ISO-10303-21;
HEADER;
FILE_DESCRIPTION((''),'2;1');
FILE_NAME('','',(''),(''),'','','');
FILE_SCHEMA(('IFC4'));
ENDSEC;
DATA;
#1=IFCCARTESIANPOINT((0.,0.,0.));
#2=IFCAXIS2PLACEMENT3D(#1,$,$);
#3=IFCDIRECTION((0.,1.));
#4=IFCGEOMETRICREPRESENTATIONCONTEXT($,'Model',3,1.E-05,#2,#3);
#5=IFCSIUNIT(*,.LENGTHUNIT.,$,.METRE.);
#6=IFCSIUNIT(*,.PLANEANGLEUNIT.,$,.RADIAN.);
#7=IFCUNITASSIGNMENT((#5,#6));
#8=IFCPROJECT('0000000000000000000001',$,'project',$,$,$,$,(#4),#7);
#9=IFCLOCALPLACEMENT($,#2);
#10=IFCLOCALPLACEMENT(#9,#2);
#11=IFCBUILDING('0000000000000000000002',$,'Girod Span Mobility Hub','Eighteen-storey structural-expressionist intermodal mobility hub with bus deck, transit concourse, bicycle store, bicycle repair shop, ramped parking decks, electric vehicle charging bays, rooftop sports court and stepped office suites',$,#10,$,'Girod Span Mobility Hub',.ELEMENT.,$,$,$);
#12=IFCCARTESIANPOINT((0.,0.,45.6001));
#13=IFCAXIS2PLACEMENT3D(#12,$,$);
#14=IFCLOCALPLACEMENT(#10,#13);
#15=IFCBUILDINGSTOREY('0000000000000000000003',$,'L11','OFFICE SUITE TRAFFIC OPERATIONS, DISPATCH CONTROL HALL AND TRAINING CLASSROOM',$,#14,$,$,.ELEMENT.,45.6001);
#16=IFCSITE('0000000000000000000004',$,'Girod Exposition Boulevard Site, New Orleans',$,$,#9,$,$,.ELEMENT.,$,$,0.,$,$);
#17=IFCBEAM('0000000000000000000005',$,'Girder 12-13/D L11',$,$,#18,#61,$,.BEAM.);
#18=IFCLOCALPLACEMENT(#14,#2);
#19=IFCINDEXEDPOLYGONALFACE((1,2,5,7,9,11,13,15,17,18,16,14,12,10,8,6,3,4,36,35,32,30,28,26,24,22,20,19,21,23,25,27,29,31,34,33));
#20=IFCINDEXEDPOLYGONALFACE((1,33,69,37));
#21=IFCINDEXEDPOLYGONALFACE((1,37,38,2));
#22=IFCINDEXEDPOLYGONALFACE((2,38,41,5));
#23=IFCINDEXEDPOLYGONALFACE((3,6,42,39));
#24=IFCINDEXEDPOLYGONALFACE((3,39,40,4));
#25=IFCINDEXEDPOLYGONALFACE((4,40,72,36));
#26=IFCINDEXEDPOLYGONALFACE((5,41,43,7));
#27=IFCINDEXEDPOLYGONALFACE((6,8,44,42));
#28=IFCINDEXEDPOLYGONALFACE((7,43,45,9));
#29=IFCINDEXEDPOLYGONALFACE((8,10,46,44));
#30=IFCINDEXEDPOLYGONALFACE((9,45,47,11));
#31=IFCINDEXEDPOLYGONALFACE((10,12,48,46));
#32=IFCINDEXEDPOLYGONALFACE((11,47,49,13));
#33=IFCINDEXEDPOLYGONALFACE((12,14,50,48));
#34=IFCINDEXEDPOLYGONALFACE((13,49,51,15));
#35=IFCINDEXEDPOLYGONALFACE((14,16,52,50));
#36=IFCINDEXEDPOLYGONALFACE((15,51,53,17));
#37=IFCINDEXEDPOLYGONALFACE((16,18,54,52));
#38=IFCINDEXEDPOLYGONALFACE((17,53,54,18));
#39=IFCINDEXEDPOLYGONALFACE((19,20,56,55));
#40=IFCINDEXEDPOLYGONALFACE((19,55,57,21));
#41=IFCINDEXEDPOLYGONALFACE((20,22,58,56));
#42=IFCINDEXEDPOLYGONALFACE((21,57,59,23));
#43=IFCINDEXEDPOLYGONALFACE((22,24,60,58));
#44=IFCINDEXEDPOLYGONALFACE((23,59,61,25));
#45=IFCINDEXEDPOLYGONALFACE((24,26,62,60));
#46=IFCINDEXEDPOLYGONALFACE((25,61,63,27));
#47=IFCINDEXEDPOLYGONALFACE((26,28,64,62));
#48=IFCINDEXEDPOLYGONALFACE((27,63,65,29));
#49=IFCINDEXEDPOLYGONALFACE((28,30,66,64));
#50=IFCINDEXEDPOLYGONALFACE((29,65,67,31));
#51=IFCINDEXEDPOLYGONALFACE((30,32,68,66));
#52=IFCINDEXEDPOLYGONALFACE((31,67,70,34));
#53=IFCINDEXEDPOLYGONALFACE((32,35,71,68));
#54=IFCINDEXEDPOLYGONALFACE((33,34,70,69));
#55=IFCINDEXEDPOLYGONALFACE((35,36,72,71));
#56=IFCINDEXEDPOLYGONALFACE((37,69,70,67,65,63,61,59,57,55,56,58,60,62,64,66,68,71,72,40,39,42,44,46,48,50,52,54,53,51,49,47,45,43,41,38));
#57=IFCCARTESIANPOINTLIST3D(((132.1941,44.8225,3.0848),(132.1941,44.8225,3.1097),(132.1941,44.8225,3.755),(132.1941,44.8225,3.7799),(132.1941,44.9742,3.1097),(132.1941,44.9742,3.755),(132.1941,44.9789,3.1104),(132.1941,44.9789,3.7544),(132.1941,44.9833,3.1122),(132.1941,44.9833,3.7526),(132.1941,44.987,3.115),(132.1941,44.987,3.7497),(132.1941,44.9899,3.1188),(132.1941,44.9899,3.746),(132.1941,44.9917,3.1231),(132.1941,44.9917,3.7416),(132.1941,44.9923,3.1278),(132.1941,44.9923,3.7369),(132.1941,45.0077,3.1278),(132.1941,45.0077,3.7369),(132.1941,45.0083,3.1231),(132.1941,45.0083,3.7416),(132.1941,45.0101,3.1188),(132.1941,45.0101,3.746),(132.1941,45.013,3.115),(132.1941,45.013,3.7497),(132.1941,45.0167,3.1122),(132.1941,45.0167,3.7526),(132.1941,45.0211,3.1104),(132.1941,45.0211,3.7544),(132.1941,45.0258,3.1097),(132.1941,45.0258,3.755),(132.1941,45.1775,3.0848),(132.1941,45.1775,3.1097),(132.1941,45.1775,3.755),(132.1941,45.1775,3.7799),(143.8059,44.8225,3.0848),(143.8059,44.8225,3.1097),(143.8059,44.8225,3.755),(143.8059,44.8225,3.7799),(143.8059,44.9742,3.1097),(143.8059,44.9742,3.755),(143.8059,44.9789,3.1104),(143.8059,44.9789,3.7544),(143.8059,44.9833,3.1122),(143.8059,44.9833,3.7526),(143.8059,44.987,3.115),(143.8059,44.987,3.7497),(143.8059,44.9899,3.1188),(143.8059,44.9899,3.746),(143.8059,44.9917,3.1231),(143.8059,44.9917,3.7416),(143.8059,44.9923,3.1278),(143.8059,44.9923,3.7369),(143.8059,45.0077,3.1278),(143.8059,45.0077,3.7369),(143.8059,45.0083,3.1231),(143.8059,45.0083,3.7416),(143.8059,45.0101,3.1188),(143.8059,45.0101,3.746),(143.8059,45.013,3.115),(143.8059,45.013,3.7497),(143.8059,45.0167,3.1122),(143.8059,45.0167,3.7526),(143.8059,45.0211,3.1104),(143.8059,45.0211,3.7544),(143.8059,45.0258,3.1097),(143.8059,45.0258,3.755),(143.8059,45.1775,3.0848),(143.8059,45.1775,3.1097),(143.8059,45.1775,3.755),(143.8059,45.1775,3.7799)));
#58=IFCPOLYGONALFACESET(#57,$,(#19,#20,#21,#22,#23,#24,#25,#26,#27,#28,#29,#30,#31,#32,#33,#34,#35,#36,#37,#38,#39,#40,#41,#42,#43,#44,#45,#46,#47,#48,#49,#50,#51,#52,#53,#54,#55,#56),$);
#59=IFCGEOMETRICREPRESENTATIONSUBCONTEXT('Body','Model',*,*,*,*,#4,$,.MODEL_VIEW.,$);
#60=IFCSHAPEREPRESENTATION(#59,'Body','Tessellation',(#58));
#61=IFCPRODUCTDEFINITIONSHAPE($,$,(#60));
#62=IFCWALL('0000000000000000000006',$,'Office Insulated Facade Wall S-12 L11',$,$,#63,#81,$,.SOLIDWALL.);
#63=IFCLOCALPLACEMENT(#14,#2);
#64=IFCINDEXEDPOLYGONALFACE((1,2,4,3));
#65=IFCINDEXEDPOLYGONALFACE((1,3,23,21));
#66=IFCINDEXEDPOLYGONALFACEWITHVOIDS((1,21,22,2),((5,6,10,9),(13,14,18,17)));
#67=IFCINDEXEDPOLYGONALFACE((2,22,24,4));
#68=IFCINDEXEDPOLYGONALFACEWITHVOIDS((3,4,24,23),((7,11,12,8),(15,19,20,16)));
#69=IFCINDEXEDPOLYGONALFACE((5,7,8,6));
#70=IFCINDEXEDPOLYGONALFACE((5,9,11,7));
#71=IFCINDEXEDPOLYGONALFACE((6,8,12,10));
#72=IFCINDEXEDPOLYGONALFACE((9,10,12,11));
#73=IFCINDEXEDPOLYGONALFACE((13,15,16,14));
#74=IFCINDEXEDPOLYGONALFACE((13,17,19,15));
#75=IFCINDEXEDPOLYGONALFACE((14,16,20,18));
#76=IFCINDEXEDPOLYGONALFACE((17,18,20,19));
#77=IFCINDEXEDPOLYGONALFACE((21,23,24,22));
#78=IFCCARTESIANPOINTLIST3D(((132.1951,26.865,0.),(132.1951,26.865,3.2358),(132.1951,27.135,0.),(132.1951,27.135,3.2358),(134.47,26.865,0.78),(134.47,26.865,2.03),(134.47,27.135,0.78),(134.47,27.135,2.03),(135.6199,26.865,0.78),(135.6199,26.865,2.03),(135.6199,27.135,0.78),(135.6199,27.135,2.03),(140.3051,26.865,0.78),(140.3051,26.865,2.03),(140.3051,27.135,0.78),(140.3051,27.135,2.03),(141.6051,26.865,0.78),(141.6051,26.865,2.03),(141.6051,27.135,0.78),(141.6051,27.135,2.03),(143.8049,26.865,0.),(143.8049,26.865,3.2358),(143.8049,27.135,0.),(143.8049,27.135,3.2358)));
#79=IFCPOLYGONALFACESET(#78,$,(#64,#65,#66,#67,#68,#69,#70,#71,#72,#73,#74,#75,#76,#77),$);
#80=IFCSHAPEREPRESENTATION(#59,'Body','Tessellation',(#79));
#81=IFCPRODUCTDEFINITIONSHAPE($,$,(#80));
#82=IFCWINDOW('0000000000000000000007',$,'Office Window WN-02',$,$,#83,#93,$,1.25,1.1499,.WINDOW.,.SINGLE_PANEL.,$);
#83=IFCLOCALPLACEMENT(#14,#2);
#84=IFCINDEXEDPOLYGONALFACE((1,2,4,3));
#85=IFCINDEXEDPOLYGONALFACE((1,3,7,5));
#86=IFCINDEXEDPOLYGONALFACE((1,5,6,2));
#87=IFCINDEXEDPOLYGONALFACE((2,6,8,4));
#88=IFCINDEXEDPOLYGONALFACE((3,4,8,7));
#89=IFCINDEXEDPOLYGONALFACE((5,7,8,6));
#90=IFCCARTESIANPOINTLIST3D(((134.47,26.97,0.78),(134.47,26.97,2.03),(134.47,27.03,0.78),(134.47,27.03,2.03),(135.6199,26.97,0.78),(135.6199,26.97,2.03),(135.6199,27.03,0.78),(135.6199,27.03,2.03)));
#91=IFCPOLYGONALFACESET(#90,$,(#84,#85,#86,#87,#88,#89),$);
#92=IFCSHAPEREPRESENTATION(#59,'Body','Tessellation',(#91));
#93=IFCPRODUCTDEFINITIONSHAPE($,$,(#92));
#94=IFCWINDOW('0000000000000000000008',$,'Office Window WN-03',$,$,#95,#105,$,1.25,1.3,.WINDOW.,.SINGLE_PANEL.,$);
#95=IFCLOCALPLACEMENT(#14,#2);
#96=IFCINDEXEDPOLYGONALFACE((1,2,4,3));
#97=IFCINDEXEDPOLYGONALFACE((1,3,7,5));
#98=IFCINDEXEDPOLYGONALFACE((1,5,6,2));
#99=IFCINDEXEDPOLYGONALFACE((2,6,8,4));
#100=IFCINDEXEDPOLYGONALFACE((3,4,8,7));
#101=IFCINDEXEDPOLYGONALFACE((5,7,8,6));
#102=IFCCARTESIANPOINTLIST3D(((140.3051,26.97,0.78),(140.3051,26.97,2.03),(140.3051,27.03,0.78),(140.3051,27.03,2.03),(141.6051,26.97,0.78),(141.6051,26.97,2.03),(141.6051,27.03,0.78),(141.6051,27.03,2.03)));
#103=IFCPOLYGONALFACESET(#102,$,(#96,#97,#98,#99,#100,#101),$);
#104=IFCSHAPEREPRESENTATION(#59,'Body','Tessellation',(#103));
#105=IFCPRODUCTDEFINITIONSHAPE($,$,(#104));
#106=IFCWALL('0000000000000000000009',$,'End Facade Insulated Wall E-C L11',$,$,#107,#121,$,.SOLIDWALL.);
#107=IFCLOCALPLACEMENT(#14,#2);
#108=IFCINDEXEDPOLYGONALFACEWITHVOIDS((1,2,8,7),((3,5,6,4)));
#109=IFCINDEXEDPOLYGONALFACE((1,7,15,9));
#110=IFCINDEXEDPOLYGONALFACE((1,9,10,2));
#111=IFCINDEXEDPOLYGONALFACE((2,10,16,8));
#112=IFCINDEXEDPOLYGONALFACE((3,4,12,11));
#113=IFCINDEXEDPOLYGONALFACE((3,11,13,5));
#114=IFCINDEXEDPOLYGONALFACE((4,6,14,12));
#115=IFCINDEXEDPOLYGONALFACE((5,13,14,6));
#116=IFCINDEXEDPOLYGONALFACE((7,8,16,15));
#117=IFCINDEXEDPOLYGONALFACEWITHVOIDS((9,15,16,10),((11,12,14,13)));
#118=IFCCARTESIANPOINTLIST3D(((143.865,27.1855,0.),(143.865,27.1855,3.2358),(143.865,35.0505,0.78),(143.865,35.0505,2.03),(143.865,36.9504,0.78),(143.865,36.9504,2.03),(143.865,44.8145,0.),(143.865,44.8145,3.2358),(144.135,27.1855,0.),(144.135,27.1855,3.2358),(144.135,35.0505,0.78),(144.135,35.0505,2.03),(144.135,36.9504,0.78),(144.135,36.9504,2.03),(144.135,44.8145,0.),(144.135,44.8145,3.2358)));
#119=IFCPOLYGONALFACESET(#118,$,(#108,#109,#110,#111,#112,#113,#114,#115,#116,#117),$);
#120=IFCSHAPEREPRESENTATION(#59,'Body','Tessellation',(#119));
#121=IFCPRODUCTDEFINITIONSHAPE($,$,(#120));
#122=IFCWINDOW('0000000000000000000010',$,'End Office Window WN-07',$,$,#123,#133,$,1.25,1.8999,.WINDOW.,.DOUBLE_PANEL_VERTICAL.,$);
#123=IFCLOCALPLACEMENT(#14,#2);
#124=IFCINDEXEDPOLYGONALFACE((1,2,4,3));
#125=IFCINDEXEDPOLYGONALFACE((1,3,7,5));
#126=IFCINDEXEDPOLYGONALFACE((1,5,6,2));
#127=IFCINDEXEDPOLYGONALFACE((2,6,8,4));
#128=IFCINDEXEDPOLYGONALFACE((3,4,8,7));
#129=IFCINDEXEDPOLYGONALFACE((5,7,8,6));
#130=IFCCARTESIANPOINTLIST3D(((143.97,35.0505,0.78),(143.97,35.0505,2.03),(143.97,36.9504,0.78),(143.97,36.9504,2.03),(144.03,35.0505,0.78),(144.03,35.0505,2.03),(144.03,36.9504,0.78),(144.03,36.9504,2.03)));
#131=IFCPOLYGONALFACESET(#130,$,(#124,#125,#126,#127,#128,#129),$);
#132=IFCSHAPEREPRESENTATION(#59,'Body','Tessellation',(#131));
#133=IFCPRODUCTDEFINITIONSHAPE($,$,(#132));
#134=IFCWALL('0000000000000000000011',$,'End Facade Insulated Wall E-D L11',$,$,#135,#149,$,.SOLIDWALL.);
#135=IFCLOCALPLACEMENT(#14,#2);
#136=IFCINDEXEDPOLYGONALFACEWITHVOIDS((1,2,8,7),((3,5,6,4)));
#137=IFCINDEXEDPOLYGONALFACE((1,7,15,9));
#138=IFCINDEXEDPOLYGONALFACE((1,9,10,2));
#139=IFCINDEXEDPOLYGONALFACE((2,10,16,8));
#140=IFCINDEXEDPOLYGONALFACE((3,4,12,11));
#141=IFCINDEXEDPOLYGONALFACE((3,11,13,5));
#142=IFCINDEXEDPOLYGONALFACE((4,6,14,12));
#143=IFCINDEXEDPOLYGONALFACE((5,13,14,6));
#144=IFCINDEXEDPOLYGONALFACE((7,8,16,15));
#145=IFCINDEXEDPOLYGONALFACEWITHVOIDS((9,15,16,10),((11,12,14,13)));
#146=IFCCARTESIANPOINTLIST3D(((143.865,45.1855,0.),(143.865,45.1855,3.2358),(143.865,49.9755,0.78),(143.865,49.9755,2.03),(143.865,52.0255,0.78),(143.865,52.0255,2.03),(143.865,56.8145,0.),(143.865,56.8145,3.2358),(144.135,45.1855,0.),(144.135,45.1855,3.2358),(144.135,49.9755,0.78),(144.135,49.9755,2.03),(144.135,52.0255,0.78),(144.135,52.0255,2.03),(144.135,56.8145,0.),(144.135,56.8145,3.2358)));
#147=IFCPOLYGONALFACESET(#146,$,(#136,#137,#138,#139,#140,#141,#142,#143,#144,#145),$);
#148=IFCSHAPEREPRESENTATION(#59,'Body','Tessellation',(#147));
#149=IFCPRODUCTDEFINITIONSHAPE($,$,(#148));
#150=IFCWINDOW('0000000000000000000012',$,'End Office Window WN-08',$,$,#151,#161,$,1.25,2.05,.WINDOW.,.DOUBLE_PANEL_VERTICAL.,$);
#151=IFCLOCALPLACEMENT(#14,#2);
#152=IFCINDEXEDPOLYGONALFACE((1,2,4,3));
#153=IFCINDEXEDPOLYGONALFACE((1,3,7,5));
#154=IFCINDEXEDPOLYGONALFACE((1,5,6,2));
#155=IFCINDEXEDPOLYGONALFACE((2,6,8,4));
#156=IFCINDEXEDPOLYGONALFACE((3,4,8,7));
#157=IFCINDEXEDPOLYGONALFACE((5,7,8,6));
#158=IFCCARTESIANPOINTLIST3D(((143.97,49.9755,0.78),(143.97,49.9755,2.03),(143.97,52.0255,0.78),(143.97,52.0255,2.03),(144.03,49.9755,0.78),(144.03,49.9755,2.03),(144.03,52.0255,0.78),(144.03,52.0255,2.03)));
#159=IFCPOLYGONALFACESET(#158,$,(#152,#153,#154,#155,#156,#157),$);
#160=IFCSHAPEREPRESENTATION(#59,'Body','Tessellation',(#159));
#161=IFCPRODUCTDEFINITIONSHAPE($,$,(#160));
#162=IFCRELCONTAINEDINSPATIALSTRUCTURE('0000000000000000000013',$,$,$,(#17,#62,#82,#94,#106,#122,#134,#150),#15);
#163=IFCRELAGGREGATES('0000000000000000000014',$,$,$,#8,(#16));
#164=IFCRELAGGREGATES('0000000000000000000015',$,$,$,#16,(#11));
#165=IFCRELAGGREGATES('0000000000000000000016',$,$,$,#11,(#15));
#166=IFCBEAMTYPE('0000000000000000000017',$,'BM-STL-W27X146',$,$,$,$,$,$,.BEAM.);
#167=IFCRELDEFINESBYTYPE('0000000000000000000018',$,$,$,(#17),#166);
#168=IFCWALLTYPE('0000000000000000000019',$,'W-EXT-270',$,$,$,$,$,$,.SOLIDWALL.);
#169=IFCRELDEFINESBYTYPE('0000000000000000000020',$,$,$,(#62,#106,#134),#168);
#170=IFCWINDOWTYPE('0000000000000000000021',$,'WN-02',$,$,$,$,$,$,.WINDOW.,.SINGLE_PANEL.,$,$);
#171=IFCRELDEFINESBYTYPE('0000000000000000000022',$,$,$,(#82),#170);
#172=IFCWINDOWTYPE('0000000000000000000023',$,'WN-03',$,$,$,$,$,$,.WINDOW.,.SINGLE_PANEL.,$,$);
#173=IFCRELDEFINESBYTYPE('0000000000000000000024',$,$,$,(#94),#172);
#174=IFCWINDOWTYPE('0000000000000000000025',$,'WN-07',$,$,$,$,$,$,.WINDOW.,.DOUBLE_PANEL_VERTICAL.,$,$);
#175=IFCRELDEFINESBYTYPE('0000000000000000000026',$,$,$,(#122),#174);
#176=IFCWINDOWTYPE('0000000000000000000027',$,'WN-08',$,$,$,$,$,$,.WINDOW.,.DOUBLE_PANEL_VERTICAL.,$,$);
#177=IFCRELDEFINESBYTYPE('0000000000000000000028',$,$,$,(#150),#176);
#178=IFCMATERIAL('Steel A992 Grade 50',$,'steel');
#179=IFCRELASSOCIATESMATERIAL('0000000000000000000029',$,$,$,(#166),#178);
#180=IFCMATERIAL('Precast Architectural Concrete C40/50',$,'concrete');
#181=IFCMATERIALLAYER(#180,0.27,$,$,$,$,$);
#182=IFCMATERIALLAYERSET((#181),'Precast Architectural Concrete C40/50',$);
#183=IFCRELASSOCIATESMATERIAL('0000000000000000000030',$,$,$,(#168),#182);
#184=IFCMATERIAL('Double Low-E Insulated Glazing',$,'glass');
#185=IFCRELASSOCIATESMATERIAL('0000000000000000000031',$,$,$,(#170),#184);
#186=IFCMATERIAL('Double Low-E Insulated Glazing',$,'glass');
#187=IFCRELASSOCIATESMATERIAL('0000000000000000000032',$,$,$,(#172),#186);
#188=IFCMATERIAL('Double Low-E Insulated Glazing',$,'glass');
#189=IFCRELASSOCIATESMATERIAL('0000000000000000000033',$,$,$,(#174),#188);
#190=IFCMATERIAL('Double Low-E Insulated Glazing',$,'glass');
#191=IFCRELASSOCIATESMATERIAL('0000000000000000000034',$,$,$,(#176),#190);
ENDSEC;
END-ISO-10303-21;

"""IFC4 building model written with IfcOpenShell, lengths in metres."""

from ifc_helpers import new_model, si_unit, direction, frame, frame_2d, origin, origin_2d, place, context, subcontext, project, spatial, rectangle, i_section, extrude, material, layer, layer_set, material_profile, profile_set, type_object, element, fill, save


model = new_model("IFC4")

# Units and contexts
model_context = context("Model", 3, precision=1e-05, world=origin(), true_north=direction((0.0, 1.0)))
body_context = subcontext(model_context, "Body", "Model", "MODEL_VIEW")
ifc_project = project(units=[si_unit("LENGTHUNIT", "METRE"), si_unit("PLANEANGLEUNIT", "RADIAN")], contexts=[model_context])

# Site, building, storey
site_placement = place(None, origin())
site = spatial("IfcSite", under=ifc_project, at=site_placement, Name="Girod Exposition Boulevard Site, New Orleans", CompositionType="ELEMENT", RefElevation=0.0)
building_placement = place(site_placement, origin())
building = spatial("IfcBuilding", under=site, at=building_placement, Name="Girod Span Mobility Hub", Description="Eighteen-storey structural-expressionist intermodal mobility hub with bus deck, transit concourse, bicycle store, bicycle repair shop, ramped parking decks, electric vehicle charging bays, rooftop sports court and stepped office suites", LongName="Girod Span Mobility Hub", CompositionType="ELEMENT")
storey_placement = place(building_placement, frame((0.0, 0.0, 45.6001)))
storey = spatial("IfcBuildingStorey", under=building, at=storey_placement, Name="L11", Description="OFFICE SUITE TRAFFIC OPERATIONS, DISPATCH CONTROL HALL AND TRAINING CLASSROOM", CompositionType="ELEMENT", Elevation=45.6001)

# Beam
ifc_material_1 = material(Name="Steel A992 Grade 50", Category="steel")
ifc_material_profile_1 = material_profile(ifc_material_1, i_section(OverallWidth=0.355, OverallDepth=0.6951, WebThickness=0.0154, FlangeThickness=0.0249, FilletRadius=0.0181, at=origin_2d()), Name="W27X146")
ifc_profile_set_1 = profile_set([ifc_material_profile_1], Name="Steel A992 Grade 50")
beam_type_1 = type_object("IfcBeamType", Name="BM-STL-W27X146", PredefinedType="BEAM", material=ifc_profile_set_1)
beam_1_placement = place(storey_placement, frame((132.1941, 45.0, 3.4324), z_axis=(1.0, 0.0, 0.0), x_axis=(0.0, 1.0, 0.0)))
element("IfcBeam", 1, at=beam_1_placement, inside=storey, type_object=beam_type_1, Name="Girder 12-13/D L11", PredefinedType="BEAM", context=body_context, shape_type="SweptSolid", body=[
    extrude(i_section(OverallWidth=0.355, OverallDepth=0.6951, WebThickness=0.0154, FlangeThickness=0.0249, FilletRadius=0.0181, at=origin_2d()), origin(), (0.0, 0.0, 1.0), 11.6118),
])

# Wall, openings, windows
ifc_material_2 = material(Name="Precast Architectural Concrete C40/50", Category="concrete")
ifc_layer_1 = layer(ifc_material_2, 0.27)
ifc_layer_set_1 = layer_set([ifc_layer_1], Name="Precast Architectural Concrete C40/50")
wall_type = type_object("IfcWallType", Name="W-EXT-270", PredefinedType="SOLIDWALL", material=ifc_layer_set_1)
wall_1_placement = place(storey_placement, frame((132.1951, 27.0, 0.0), z_axis=(0.0, 0.0, 1.0), x_axis=(1.0, 0.0, 0.0)))
wall_1 = element("IfcWall", 2, at=wall_1_placement, inside=storey, type_object=wall_type, Name="Office Insulated Facade Wall S-12 L11", PredefinedType="SOLIDWALL", context=body_context, shape_type="SweptSolid", body=[
    extrude(rectangle(XDim=11.6099, YDim=0.27, at=frame_2d((5.8049, 0.0))), origin(), (0.0, 0.0, 1.0), 3.2358),
])
opening_1_placement = place(wall_1_placement, frame((2.2749, 0.0, 0.78)))
opening_1 = element("IfcOpeningElement", 3, at=opening_1_placement, cuts=wall_1, PredefinedType="OPENING", context=body_context, shape_type="SweptSolid", body=[
    extrude(rectangle(XDim=1.1499, YDim=1.25, at=frame_2d((0.575, 0.625))), frame((0.0, 0.1499, 0.0), z_axis=(0.0, -1.0, 0.0), x_axis=(1.0, 0.0, 0.0)), (0.0, 0.0, 1.0), 0.3),
])
opening_2_placement = place(wall_1_placement, frame((8.1101, 0.0, 0.78)))
opening_2 = element("IfcOpeningElement", 4, at=opening_2_placement, cuts=wall_1, PredefinedType="OPENING", context=body_context, shape_type="SweptSolid", body=[
    extrude(rectangle(XDim=1.3, YDim=1.25, at=frame_2d((0.6499, 0.625))), frame((0.0, 0.1499, 0.0), z_axis=(0.0, -1.0, 0.0), x_axis=(1.0, 0.0, 0.0)), (0.0, 0.0, 1.0), 0.3),
])
ifc_material_3 = material(Name="Double Low-E Insulated Glazing", Category="glass")
window_type_1 = type_object("IfcWindowType", Name="WN-02", PartitioningType="SINGLE_PANEL", PredefinedType="WINDOW", material=ifc_material_3)
window_1_placement = place(opening_1_placement, origin())
window_1 = element("IfcWindow", 5, at=window_1_placement, inside=storey, type_object=window_type_1, Name="Office Window WN-02", OverallHeight=1.25, OverallWidth=1.1499, PartitioningType="SINGLE_PANEL", PredefinedType="WINDOW", context=body_context, shape_type="SweptSolid", body=[
    extrude(rectangle(XDim=1.1499, YDim=1.25, at=frame_2d((0.575, 0.625))), frame((0.0, 0.03, 0.0), z_axis=(0.0, -1.0, 0.0), x_axis=(1.0, 0.0, 0.0)), (0.0, 0.0, 1.0), 0.0601),
])
fill(opening_1, window_1)
ifc_material_4 = material(Name="Double Low-E Insulated Glazing", Category="glass")
window_type_2 = type_object("IfcWindowType", Name="WN-03", PartitioningType="SINGLE_PANEL", PredefinedType="WINDOW", material=ifc_material_4)
window_2_placement = place(opening_2_placement, origin())
window_2 = element("IfcWindow", 6, at=window_2_placement, inside=storey, type_object=window_type_2, Name="Office Window WN-03", OverallHeight=1.25, OverallWidth=1.3, PartitioningType="SINGLE_PANEL", PredefinedType="WINDOW", context=body_context, shape_type="SweptSolid", body=[
    extrude(rectangle(XDim=1.3, YDim=1.25, at=frame_2d((0.6499, 0.625))), frame((0.0, 0.03, 0.0), z_axis=(0.0, -1.0, 0.0), x_axis=(1.0, 0.0, 0.0)), (0.0, 0.0, 1.0), 0.0601),
])
fill(opening_2, window_2)

# Walls, openings, windows
wall_2_placement = place(storey_placement, frame((144.0, 27.1855, 0.0), z_axis=(0.0, 0.0, 1.0), x_axis=(0.0, 1.0, 0.0)))
wall_2 = element("IfcWall", 7, at=wall_2_placement, inside=storey, type_object=wall_type, Name="End Facade Insulated Wall E-C L11", PredefinedType="SOLIDWALL", context=body_context, shape_type="SweptSolid", body=[
    extrude(rectangle(XDim=17.6289, YDim=0.27, at=frame_2d((8.8145, 0.0))), origin(), (0.0, 0.0, 1.0), 3.2358),
])
opening_3_placement = place(wall_2_placement, frame((7.865, 0.0, 0.78)))
opening_3 = element("IfcOpeningElement", 8, at=opening_3_placement, cuts=wall_2, PredefinedType="OPENING", context=body_context, shape_type="SweptSolid", body=[
    extrude(rectangle(XDim=1.8999, YDim=1.25, at=frame_2d((0.95, 0.625))), frame((0.0, 0.1499, 0.0), z_axis=(0.0, -1.0, 0.0), x_axis=(1.0, 0.0, 0.0)), (0.0, 0.0, 1.0), 0.3),
])
ifc_material_5 = material(Name="Double Low-E Insulated Glazing", Category="glass")
window_type_3 = type_object("IfcWindowType", Name="WN-07", PartitioningType="DOUBLE_PANEL_VERTICAL", PredefinedType="WINDOW", material=ifc_material_5)
window_3_placement = place(opening_3_placement, origin())
window_3 = element("IfcWindow", 9, at=window_3_placement, inside=storey, type_object=window_type_3, Name="End Office Window WN-07", OverallHeight=1.25, OverallWidth=1.8999, PartitioningType="DOUBLE_PANEL_VERTICAL", PredefinedType="WINDOW", context=body_context, shape_type="SweptSolid", body=[
    extrude(rectangle(XDim=1.8999, YDim=1.25, at=frame_2d((0.95, 0.625))), frame((0.0, 0.03, 0.0), z_axis=(0.0, -1.0, 0.0), x_axis=(1.0, 0.0, 0.0)), (0.0, 0.0, 1.0), 0.0601),
])
fill(opening_3, window_3)
wall_3_placement = place(storey_placement, frame((144.0, 45.1855, 0.0), z_axis=(0.0, 0.0, 1.0), x_axis=(0.0, 1.0, 0.0)))
wall_3 = element("IfcWall", 10, at=wall_3_placement, inside=storey, type_object=wall_type, Name="End Facade Insulated Wall E-D L11", PredefinedType="SOLIDWALL", context=body_context, shape_type="SweptSolid", body=[
    extrude(rectangle(XDim=11.6289, YDim=0.27, at=frame_2d((5.8145, 0.0))), origin(), (0.0, 0.0, 1.0), 3.2358),
])
opening_4_placement = place(wall_3_placement, frame((4.79, 0.0, 0.78)))
opening_4 = element("IfcOpeningElement", 11, at=opening_4_placement, cuts=wall_3, PredefinedType="OPENING", context=body_context, shape_type="SweptSolid", body=[
    extrude(rectangle(XDim=2.05, YDim=1.25, at=frame_2d((1.0249, 0.625))), frame((0.0, 0.1499, 0.0), z_axis=(0.0, -1.0, 0.0), x_axis=(1.0, 0.0, 0.0)), (0.0, 0.0, 1.0), 0.3),
])
ifc_material_6 = material(Name="Double Low-E Insulated Glazing", Category="glass")
window_type_4 = type_object("IfcWindowType", Name="WN-08", PartitioningType="DOUBLE_PANEL_VERTICAL", PredefinedType="WINDOW", material=ifc_material_6)
window_4_placement = place(opening_4_placement, origin())
window_4 = element("IfcWindow", 12, at=window_4_placement, inside=storey, type_object=window_type_4, Name="End Office Window WN-08", OverallHeight=1.25, OverallWidth=2.05, PartitioningType="DOUBLE_PANEL_VERTICAL", PredefinedType="WINDOW", context=body_context, shape_type="SweptSolid", body=[
    extrude(rectangle(XDim=2.05, YDim=1.25, at=frame_2d((1.0249, 0.625))), frame((0.0, 0.03, 0.0), z_axis=(0.0, -1.0, 0.0), x_axis=(1.0, 0.0, 0.0)), (0.0, 0.0, 1.0), 0.0601),
])
fill(opening_4, window_4)

save(model, "model.ifc")
